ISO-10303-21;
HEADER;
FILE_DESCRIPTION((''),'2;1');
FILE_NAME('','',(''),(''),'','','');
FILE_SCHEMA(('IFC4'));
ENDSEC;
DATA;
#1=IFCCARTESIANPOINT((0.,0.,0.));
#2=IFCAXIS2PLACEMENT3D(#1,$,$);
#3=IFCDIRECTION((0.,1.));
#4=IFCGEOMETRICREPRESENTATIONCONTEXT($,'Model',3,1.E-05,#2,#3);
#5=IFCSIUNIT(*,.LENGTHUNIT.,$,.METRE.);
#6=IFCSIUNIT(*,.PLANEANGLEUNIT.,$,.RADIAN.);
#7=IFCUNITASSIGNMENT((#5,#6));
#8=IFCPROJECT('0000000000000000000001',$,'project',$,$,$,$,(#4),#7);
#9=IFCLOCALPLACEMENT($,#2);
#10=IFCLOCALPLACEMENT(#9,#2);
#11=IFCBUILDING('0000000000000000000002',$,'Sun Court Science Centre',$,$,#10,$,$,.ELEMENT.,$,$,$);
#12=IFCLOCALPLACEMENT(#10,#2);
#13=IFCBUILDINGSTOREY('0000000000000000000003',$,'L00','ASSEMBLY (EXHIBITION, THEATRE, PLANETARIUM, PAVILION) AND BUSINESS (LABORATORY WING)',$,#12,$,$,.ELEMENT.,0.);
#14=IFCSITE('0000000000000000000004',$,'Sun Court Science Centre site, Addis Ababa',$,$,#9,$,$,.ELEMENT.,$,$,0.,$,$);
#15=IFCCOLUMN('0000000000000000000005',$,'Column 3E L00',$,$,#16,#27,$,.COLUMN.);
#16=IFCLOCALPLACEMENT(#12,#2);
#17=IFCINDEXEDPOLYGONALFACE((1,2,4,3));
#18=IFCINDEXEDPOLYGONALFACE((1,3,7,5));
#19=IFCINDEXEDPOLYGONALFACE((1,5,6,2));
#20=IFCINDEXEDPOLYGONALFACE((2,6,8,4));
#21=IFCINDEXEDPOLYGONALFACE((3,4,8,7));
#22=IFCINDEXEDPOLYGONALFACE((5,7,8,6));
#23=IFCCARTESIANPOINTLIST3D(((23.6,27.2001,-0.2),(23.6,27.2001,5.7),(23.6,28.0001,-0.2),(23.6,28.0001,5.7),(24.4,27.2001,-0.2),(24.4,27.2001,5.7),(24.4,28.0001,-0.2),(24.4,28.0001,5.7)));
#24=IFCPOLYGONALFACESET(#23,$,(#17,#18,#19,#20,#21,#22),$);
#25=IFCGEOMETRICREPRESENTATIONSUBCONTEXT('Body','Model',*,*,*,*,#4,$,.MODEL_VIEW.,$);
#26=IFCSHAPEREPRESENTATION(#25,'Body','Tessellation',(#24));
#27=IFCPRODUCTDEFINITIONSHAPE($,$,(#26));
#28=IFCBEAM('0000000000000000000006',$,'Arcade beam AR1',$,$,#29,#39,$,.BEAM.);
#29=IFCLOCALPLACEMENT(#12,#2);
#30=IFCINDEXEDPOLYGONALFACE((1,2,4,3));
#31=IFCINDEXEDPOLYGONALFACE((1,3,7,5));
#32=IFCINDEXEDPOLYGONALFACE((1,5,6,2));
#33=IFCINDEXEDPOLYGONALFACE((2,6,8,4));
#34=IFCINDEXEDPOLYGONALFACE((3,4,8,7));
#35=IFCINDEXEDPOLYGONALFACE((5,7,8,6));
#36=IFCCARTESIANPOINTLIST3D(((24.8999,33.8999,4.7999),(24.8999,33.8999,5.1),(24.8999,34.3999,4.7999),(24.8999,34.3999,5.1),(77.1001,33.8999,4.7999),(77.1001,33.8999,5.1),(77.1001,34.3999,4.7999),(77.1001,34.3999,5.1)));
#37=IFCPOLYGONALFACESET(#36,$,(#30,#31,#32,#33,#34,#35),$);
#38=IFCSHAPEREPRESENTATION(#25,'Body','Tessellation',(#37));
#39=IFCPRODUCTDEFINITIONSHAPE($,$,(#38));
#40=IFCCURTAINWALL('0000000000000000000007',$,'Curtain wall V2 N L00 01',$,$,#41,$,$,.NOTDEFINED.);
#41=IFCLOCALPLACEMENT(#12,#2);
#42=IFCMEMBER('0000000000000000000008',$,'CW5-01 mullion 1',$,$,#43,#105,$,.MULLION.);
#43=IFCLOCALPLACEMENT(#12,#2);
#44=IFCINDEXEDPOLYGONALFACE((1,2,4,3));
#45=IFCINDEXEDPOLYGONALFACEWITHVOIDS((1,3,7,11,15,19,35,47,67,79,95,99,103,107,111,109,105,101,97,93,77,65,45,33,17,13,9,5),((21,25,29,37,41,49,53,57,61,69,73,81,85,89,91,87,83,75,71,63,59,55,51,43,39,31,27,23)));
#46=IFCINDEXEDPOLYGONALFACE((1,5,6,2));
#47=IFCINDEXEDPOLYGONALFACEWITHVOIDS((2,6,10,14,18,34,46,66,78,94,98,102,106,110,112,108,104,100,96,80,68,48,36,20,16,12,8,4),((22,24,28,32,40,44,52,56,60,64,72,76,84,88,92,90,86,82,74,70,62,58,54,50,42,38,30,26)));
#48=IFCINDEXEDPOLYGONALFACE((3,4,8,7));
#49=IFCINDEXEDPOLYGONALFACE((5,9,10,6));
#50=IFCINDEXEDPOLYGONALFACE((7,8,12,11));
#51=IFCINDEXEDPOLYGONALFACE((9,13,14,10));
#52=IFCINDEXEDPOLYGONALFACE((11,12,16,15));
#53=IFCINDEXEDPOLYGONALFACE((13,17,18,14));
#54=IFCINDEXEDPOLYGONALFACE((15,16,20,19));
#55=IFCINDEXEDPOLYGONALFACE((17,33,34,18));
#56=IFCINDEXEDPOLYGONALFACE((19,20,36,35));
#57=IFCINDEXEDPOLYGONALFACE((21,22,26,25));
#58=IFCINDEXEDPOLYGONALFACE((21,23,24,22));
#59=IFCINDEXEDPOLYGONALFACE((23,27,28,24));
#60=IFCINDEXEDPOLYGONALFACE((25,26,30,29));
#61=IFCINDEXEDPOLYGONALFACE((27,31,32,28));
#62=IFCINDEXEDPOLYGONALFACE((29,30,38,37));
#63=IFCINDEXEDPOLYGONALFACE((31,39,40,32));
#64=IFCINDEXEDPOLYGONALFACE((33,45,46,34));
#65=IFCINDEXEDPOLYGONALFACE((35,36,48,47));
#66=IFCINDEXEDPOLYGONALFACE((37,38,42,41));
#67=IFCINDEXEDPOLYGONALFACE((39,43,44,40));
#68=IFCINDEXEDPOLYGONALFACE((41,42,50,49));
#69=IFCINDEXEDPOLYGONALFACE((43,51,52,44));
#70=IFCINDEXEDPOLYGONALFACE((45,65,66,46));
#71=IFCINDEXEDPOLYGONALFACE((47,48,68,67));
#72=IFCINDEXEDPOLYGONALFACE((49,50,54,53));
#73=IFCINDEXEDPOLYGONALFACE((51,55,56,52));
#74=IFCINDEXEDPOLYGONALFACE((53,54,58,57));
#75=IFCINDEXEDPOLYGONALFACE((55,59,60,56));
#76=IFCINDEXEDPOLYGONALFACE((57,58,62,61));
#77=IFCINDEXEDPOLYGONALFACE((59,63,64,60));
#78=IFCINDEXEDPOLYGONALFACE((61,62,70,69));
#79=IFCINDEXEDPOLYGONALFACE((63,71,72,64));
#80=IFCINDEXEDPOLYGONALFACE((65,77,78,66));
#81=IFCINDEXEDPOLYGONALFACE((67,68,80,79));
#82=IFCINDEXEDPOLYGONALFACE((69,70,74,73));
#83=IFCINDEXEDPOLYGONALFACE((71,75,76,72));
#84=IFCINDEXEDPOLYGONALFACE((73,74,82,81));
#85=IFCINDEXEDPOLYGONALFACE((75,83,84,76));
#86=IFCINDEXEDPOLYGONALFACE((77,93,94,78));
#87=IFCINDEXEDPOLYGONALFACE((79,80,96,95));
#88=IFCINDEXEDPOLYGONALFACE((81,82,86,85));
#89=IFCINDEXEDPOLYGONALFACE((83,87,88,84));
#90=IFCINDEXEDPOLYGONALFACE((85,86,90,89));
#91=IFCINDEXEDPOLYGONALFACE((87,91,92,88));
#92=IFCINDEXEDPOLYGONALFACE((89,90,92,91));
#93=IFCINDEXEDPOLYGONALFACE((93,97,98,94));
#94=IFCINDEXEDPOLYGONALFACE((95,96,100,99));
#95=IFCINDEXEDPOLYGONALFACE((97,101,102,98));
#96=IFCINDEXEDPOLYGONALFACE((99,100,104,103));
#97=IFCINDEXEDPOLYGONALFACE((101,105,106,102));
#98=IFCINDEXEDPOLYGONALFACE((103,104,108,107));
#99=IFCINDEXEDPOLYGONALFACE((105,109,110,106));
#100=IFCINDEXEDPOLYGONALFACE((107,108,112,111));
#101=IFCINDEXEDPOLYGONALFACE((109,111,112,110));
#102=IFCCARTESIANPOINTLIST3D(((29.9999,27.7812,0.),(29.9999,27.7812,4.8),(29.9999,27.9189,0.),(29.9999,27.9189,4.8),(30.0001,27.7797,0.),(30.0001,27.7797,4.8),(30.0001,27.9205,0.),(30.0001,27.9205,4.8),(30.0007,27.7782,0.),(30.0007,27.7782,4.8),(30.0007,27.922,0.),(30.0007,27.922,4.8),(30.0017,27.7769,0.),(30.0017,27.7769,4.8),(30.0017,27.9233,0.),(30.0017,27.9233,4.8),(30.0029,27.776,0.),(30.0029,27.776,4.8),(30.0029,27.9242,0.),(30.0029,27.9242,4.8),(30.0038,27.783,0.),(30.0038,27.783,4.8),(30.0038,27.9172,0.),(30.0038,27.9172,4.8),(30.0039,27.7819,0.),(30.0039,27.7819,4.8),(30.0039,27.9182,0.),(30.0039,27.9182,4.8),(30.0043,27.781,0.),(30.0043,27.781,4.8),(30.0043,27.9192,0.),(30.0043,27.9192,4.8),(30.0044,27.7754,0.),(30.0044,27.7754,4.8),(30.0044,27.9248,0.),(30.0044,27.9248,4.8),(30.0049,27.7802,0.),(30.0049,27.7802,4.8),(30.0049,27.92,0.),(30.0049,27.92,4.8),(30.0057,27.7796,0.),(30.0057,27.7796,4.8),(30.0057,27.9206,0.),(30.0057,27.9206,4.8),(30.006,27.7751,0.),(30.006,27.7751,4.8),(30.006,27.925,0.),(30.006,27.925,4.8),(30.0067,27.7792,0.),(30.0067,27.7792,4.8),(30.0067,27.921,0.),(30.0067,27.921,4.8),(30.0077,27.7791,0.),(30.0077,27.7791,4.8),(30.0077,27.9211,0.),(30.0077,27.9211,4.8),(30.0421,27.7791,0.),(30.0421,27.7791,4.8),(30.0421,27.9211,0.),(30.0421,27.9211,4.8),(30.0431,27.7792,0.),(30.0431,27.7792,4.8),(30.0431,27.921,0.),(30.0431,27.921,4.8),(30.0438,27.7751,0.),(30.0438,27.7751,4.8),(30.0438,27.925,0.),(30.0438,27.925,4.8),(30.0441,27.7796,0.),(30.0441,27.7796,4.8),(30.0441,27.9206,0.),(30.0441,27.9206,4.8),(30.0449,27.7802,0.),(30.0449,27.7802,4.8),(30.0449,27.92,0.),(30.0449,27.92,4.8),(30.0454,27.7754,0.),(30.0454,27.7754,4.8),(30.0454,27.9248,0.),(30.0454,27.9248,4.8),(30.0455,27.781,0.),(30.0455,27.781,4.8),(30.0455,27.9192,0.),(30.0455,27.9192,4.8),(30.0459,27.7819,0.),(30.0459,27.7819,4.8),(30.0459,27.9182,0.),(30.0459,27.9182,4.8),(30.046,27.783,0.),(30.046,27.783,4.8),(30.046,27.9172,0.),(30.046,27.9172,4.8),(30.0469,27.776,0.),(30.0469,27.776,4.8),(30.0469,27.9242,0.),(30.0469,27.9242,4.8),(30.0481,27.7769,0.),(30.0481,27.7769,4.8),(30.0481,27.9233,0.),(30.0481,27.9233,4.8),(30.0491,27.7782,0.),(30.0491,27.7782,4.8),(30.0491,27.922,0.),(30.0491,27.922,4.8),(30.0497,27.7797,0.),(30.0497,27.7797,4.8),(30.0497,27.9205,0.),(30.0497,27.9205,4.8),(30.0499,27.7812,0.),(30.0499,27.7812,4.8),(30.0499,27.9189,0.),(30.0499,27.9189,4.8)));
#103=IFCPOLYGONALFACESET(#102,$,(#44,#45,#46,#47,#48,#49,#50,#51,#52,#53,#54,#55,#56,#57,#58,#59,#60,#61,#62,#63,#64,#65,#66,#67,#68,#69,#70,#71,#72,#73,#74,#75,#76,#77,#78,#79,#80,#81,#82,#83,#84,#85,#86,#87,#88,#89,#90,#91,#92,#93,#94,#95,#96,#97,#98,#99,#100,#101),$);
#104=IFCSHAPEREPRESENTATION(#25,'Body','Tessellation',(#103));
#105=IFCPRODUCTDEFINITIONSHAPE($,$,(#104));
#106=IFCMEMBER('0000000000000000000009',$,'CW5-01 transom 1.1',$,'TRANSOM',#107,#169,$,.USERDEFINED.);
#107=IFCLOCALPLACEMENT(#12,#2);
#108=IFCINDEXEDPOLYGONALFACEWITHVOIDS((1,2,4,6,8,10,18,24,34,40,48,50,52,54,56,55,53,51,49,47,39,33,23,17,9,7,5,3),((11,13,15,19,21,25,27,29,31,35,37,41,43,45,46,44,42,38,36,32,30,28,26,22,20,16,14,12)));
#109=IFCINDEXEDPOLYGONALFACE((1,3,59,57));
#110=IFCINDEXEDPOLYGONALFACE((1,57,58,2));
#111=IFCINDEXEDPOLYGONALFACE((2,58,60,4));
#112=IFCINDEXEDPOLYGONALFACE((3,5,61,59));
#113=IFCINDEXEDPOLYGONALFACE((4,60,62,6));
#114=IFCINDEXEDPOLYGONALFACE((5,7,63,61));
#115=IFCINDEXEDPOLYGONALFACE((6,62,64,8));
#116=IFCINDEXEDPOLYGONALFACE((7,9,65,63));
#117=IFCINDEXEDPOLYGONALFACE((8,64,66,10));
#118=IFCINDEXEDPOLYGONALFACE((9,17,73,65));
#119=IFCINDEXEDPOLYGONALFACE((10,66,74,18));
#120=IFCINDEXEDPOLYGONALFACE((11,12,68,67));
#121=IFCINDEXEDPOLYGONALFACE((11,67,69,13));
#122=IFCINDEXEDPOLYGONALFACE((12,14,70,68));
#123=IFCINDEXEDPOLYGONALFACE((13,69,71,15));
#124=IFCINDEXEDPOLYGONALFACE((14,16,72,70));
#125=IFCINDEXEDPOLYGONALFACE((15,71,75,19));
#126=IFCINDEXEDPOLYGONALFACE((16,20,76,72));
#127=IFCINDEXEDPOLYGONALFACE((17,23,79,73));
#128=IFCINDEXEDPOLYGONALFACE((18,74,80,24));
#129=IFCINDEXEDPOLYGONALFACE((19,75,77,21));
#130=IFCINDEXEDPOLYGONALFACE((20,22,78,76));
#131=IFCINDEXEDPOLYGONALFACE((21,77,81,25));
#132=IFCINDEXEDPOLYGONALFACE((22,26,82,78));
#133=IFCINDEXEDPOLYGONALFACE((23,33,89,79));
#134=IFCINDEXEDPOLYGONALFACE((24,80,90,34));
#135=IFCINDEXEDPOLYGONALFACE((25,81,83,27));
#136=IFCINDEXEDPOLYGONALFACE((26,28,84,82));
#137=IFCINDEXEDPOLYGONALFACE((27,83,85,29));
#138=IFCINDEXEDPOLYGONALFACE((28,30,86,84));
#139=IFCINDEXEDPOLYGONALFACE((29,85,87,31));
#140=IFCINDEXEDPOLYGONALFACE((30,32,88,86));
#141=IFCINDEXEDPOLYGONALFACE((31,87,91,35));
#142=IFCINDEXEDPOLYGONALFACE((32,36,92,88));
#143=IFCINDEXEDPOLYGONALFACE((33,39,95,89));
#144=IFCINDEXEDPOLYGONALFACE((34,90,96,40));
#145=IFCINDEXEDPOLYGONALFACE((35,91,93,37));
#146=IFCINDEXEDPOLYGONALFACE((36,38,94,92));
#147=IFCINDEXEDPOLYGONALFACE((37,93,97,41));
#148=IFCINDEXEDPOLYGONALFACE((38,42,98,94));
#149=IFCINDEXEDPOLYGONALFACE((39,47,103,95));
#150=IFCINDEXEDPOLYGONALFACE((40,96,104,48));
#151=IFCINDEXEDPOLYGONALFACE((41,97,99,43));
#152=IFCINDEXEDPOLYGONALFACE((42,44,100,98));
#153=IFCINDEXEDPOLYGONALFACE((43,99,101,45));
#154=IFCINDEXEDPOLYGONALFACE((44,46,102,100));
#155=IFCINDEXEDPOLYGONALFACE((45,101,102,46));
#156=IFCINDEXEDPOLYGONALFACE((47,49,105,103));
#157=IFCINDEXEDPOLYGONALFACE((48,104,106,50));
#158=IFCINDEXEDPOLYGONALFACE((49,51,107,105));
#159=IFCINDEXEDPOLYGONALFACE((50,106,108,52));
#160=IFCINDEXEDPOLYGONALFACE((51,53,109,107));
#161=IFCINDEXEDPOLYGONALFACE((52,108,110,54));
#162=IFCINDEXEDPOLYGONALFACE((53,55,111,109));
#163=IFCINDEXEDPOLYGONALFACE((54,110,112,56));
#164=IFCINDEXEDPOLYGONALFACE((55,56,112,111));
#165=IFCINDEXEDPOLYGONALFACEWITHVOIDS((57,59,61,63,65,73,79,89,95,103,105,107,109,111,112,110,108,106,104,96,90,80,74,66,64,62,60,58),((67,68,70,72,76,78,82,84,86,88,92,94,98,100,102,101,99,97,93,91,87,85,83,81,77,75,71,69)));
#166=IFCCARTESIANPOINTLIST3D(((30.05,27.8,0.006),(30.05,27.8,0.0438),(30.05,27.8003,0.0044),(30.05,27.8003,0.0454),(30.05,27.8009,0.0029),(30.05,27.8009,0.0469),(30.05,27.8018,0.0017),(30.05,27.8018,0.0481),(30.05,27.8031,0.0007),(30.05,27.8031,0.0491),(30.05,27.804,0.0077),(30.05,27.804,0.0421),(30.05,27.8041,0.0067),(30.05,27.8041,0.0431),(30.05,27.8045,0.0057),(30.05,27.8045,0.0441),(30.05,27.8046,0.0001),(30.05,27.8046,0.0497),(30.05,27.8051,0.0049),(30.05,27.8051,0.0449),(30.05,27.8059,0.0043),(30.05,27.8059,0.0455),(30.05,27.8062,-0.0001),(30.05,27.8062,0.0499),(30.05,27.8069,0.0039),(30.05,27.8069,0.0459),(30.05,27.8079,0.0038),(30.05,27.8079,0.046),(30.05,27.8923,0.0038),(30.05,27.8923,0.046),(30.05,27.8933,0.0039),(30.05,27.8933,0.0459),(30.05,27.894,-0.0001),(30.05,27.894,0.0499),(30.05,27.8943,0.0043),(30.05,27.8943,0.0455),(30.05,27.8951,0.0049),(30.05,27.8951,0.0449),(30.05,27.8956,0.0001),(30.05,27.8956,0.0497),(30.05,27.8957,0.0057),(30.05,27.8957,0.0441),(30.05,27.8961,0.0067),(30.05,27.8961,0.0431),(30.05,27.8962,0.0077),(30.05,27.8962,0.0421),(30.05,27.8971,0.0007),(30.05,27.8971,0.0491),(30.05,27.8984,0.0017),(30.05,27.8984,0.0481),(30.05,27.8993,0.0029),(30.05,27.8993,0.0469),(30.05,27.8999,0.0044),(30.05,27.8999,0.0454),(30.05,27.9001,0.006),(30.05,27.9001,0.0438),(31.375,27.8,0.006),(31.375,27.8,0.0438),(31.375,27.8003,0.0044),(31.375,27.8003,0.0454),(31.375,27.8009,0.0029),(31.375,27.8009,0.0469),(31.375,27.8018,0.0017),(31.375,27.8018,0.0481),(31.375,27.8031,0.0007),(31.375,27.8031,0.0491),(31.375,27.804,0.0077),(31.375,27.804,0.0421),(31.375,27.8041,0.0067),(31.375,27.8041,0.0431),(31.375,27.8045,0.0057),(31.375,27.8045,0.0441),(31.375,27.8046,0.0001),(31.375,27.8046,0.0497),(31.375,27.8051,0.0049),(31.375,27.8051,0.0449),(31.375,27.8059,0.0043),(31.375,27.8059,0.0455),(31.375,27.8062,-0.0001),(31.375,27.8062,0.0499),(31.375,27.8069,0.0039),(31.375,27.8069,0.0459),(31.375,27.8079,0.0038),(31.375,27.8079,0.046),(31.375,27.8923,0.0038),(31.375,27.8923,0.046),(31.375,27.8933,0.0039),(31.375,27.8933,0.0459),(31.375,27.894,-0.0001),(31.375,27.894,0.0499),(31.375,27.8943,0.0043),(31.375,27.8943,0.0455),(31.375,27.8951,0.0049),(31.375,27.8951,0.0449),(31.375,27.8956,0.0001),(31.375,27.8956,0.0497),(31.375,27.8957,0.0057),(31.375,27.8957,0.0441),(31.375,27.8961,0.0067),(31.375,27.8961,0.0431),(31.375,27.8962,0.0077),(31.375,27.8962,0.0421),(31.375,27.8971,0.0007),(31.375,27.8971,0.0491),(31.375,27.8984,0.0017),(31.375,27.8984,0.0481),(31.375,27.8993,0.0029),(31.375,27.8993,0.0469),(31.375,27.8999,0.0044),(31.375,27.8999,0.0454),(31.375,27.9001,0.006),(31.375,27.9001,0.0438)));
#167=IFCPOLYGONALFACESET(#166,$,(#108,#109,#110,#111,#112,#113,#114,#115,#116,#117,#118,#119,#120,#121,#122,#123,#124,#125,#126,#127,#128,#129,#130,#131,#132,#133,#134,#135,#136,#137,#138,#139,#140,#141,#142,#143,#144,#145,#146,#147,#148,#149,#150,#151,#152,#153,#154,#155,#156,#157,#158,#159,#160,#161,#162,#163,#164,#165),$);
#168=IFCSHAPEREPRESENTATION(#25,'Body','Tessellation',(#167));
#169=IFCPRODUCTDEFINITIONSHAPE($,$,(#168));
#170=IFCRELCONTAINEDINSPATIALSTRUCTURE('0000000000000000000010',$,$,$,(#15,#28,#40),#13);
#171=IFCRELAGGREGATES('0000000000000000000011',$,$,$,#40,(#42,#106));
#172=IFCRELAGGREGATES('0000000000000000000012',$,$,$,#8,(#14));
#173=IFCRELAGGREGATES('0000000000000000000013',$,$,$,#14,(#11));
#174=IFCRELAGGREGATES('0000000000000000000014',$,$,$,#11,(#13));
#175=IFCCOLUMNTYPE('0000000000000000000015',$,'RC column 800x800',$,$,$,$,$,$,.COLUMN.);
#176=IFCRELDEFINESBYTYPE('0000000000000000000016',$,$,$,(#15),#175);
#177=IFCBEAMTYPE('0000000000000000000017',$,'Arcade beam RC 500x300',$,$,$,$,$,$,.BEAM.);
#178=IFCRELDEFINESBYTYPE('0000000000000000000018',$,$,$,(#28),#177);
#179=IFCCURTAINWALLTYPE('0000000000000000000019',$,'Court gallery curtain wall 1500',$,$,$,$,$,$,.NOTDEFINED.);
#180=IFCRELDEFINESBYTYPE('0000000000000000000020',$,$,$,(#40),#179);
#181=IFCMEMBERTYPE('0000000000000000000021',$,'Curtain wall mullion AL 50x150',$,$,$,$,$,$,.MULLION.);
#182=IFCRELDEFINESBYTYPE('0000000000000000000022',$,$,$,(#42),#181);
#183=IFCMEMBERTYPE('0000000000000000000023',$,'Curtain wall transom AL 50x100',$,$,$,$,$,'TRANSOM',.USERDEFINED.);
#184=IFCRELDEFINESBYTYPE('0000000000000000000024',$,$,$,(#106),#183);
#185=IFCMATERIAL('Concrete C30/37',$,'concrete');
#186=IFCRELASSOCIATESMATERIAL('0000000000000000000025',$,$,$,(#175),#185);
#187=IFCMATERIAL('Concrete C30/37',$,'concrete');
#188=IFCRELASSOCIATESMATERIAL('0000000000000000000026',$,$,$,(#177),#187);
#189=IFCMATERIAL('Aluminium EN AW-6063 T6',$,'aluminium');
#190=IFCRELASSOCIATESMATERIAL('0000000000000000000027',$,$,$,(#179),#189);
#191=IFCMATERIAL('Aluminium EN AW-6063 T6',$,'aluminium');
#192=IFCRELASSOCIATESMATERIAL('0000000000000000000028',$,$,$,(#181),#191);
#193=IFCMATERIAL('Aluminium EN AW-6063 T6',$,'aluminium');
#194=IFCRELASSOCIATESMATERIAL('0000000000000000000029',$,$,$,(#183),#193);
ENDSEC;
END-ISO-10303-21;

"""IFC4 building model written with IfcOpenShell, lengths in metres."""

from ifc_helpers import new_model, si_unit, direction, frame, origin, origin_2d, place, context, subcontext, project, spatial, rectangle, hollow_rectangle, extrude, material, material_profile, profile_set, type_object, element, aggregate, save


model = new_model("IFC4")

# Units and contexts
model_context = context("Model", 3, precision=1e-05, world=origin(), true_north=direction((0.0, 1.0)))
body_context = subcontext(model_context, "Body", "Model", "MODEL_VIEW")
ifc_project = project(units=[si_unit("LENGTHUNIT", "METRE"), si_unit("PLANEANGLEUNIT", "RADIAN")], contexts=[model_context])

# Site, building, storey
site_placement = place(None, origin())
site = spatial("IfcSite", under=ifc_project, at=site_placement, Name="Sun Court Science Centre site, Addis Ababa", CompositionType="ELEMENT", RefElevation=0.0)
building_placement = place(site_placement, origin())
building = spatial("IfcBuilding", under=site, at=building_placement, Name="Sun Court Science Centre", CompositionType="ELEMENT")
storey_placement = place(building_placement, origin())
storey = spatial("IfcBuildingStorey", under=building, at=storey_placement, Name="L00", Description="ASSEMBLY (EXHIBITION, THEATRE, PLANETARIUM, PAVILION) AND BUSINESS (LABORATORY WING)", CompositionType="ELEMENT", Elevation=0.0)

# Column
ifc_material_1 = material(Name="Concrete C30/37", Category="concrete")
ifc_material_profile_1 = material_profile(ifc_material_1, rectangle(XDim=0.8, YDim=0.8, at=origin_2d()), Name="RC 800x800")
ifc_profile_set_1 = profile_set([ifc_material_profile_1], Name="Concrete C30/37")
column_type = type_object("IfcColumnType", Name="RC column 800x800", PredefinedType="COLUMN", material=ifc_profile_set_1)
column_placement = place(storey_placement, frame((24.0, 27.6001, -0.2), z_axis=(0.0, 0.0, 1.0), x_axis=(1.0, 0.0, 0.0)))
element("IfcColumn", 1, at=column_placement, inside=storey, type_object=column_type, Name="Column 3E L00", PredefinedType="COLUMN", context=body_context, shape_type="SweptSolid", body=[
    extrude(rectangle(XDim=0.8, YDim=0.8, at=origin_2d()), origin(), (0.0, 0.0, 1.0), 5.8999),
])

# Beam
ifc_material_2 = material(Name="Concrete C30/37", Category="concrete")
ifc_material_profile_2 = material_profile(ifc_material_2, rectangle(XDim=0.5, YDim=0.3, at=origin_2d()), Name="RC 500x300")
ifc_profile_set_2 = profile_set([ifc_material_profile_2], Name="Concrete C30/37")
beam_type_1 = type_object("IfcBeamType", Name="Arcade beam RC 500x300", PredefinedType="BEAM", material=ifc_profile_set_2)
beam_1_placement = place(storey_placement, frame((24.8999, 34.1499, 4.95), z_axis=(1.0, 0.0, 0.0), x_axis=(0.0, 1.0, 0.0)))
element("IfcBeam", 2, at=beam_1_placement, inside=storey, type_object=beam_type_1, Name="Arcade beam AR1", PredefinedType="BEAM", context=body_context, shape_type="SweptSolid", body=[
    extrude(rectangle(XDim=0.5, YDim=0.3, at=origin_2d()), origin(), (0.0, 0.0, 1.0), 52.2002),
])

# Curtain wall, members
ifc_material_3 = material(Name="Aluminium EN AW-6063 T6", Category="aluminium")
curtain_wall_type = type_object("IfcCurtainWallType", Name="Court gallery curtain wall 1500", PredefinedType="NOTDEFINED", material=ifc_material_3)
curtain_wall_placement = place(storey_placement, origin())
curtain_wall = element("IfcCurtainWall", 3, at=curtain_wall_placement, inside=storey, type_object=curtain_wall_type, Name="Curtain wall V2 N L00 01", PredefinedType="NOTDEFINED")
ifc_material_4 = material(Name="Aluminium EN AW-6063 T6", Category="aluminium")
ifc_material_profile_3 = material_profile(ifc_material_4, hollow_rectangle(XDim=0.05, YDim=0.1499, WallThickness=0.0039, InnerFilletRadius=0.0039, OuterFilletRadius=0.0061, at=origin_2d()), Name="AL 50x150x4")
ifc_profile_set_3 = profile_set([ifc_material_profile_3], Name="Aluminium EN AW-6063 T6")
member_type_1 = type_object("IfcMemberType", Name="Curtain wall mullion AL 50x150", PredefinedType="MULLION", material=ifc_profile_set_3)
member_1_placement = place(storey_placement, frame((30.0249, 27.8501, 0.0), z_axis=(0.0, 0.0, 1.0), x_axis=(1.0, 0.0, 0.0)))
member_1 = element("IfcMember", 4, at=member_1_placement, type_object=member_type_1, Name="CW5-01 mullion 1", PredefinedType="MULLION", context=body_context, shape_type="SweptSolid", body=[
    extrude(hollow_rectangle(XDim=0.05, YDim=0.1499, WallThickness=0.0039, InnerFilletRadius=0.0039, OuterFilletRadius=0.0061, at=origin_2d()), origin(), (0.0, 0.0, 1.0), 4.8),
])
ifc_material_5 = material(Name="Aluminium EN AW-6063 T6", Category="aluminium")
ifc_material_profile_4 = material_profile(ifc_material_5, hollow_rectangle(XDim=0.05, YDim=0.1001, WallThickness=0.0039, InnerFilletRadius=0.0039, OuterFilletRadius=0.0061, at=origin_2d()), Name="AL 50x100x4")
ifc_profile_set_4 = profile_set([ifc_material_profile_4], Name="Aluminium EN AW-6063 T6")
member_type_2 = type_object("IfcMemberType", Name="Curtain wall transom AL 50x100", ElementType="TRANSOM", PredefinedType="USERDEFINED", material=ifc_profile_set_4)
member_2_placement = place(storey_placement, frame((30.05, 27.8501, 0.0249), z_axis=(1.0, 0.0, 0.0), x_axis=(0.0, 0.0, 1.0)))
member_2 = element("IfcMember", 5, at=member_2_placement, type_object=member_type_2, Name="CW5-01 transom 1.1", ObjectType="TRANSOM", PredefinedType="USERDEFINED", context=body_context, shape_type="SweptSolid", body=[
    extrude(hollow_rectangle(XDim=0.05, YDim=0.1001, WallThickness=0.0039, InnerFilletRadius=0.0039, OuterFilletRadius=0.0061, at=origin_2d()), origin(), (0.0, 0.0, 1.0), 1.325),
])

aggregate(curtain_wall, [member_1, member_2])

save(model, "model.ifc")
